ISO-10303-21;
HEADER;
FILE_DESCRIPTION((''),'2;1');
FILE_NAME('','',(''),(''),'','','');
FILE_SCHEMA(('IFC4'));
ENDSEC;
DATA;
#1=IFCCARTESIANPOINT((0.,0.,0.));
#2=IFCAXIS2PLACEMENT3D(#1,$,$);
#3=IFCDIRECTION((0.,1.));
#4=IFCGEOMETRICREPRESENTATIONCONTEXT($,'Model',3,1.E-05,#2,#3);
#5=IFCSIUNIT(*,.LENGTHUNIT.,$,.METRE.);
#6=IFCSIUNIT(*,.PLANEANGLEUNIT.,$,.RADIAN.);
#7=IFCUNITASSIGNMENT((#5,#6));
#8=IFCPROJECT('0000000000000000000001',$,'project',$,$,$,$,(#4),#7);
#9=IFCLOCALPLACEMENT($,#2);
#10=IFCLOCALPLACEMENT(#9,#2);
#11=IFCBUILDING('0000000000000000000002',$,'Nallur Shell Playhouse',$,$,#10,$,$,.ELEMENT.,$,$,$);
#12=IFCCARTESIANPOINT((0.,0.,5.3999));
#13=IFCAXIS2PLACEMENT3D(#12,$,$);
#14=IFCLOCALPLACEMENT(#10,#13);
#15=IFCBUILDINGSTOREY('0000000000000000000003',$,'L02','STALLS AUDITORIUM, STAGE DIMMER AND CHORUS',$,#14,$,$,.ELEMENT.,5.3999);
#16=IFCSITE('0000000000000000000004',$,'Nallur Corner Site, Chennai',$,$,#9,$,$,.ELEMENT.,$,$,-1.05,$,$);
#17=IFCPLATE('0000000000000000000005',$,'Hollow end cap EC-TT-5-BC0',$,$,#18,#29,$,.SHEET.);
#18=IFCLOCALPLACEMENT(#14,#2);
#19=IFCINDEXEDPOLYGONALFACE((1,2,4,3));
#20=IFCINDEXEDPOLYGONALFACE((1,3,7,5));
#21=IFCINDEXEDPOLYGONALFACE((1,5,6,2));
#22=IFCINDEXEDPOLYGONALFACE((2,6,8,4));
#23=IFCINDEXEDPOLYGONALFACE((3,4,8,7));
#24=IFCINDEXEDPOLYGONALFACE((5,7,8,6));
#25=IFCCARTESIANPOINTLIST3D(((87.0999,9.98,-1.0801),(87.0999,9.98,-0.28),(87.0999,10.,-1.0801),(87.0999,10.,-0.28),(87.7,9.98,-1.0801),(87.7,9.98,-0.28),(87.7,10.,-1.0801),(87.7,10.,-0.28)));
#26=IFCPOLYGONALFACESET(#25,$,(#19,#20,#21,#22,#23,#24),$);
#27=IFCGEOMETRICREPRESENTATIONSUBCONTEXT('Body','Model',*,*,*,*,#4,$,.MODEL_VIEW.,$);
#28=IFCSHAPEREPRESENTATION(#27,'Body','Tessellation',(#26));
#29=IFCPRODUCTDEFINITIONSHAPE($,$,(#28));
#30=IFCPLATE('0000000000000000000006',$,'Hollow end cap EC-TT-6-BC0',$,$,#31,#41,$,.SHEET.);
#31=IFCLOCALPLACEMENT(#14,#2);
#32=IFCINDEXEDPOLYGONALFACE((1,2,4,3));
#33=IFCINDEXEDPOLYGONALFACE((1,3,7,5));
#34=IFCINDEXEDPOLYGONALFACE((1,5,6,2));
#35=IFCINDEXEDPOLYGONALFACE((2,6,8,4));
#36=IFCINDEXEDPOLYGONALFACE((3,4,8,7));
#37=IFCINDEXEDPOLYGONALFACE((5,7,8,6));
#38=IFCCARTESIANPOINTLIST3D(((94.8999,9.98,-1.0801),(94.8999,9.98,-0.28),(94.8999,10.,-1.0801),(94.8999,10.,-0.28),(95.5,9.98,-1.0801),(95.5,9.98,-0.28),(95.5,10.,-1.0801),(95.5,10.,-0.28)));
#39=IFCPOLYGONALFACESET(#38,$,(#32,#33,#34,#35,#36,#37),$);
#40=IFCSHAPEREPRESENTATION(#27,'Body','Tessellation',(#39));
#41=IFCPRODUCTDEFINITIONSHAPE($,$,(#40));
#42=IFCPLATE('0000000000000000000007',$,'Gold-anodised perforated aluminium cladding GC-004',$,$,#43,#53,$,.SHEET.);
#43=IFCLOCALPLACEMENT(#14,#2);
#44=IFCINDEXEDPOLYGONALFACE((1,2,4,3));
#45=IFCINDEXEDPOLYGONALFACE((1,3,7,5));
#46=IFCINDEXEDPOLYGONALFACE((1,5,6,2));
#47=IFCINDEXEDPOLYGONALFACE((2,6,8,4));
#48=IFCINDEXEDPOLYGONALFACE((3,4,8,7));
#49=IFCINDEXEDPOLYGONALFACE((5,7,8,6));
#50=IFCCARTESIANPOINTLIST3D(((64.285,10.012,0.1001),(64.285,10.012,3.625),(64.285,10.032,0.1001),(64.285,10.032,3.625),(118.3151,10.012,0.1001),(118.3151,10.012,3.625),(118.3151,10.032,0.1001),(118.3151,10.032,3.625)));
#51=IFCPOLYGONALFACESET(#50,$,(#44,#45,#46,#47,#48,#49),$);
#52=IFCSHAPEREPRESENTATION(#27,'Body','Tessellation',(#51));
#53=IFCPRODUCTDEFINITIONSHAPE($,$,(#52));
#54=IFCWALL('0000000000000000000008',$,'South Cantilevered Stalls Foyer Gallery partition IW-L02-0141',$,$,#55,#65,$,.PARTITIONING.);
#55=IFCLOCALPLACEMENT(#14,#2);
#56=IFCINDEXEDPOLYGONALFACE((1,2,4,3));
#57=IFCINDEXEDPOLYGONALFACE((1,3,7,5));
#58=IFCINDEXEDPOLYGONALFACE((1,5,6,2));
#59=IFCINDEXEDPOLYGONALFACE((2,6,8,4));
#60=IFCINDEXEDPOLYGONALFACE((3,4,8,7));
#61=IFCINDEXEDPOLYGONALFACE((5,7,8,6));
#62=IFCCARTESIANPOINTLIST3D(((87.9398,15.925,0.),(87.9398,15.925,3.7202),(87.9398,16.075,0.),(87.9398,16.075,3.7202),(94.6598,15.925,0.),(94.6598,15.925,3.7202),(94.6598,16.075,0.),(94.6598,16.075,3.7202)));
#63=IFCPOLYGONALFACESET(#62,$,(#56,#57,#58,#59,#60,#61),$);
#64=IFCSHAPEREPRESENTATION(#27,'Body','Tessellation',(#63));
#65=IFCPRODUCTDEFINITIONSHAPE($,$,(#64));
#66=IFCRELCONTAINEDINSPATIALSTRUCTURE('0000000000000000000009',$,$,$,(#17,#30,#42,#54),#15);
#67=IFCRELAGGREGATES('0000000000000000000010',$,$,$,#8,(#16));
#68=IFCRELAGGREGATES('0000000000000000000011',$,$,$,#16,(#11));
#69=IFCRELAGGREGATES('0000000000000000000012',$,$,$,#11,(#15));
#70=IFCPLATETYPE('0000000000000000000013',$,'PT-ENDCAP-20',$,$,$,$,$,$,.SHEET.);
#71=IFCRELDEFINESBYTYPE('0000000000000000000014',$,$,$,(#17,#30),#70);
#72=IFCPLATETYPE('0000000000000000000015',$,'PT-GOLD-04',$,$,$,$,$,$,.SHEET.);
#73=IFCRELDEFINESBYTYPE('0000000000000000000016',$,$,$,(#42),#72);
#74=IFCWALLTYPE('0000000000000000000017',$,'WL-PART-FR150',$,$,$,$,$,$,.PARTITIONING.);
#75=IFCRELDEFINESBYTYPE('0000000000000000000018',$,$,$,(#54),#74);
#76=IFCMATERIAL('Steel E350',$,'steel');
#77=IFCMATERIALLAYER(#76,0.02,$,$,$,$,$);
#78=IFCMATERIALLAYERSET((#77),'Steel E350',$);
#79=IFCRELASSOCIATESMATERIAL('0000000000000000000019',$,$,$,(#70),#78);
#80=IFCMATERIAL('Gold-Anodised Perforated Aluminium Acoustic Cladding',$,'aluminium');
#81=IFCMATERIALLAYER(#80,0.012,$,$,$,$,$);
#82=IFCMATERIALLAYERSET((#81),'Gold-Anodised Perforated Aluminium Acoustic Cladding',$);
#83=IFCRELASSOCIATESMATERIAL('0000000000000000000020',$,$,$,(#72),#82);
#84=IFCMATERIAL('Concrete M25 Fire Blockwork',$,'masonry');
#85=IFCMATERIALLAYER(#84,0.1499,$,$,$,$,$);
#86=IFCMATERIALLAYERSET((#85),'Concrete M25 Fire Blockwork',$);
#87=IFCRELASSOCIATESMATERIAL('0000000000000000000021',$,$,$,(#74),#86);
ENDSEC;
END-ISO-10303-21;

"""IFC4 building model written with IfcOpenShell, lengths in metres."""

from ifc_helpers import new_model, si_unit, direction, frame, frame_2d, origin, origin_2d, place, context, subcontext, project, spatial, rectangle, extrude, material, layer, layer_set, type_object, element, save


model = new_model("IFC4")

# Units and contexts
model_context = context("Model", 3, precision=1e-05, world=origin(), true_north=direction((0.0, 1.0)))
body_context = subcontext(model_context, "Body", "Model", "MODEL_VIEW")
ifc_project = project(units=[si_unit("LENGTHUNIT", "METRE"), si_unit("PLANEANGLEUNIT", "RADIAN")], contexts=[model_context])

# Site, building, storey
site_placement = place(None, origin())
site = spatial("IfcSite", under=ifc_project, at=site_placement, Name="Nallur Corner Site, Chennai", CompositionType="ELEMENT", RefElevation=-1.05)
building_placement = place(site_placement, origin())
building = spatial("IfcBuilding", under=site, at=building_placement, Name="Nallur Shell Playhouse", CompositionType="ELEMENT")
storey_placement = place(building_placement, frame((0.0, 0.0, 5.3999)))
storey = spatial("IfcBuildingStorey", under=building, at=storey_placement, Name="L02", Description="STALLS AUDITORIUM, STAGE DIMMER AND CHORUS", CompositionType="ELEMENT", Elevation=5.3999)

# Shared definitions
ifc_material_1 = material(Name="Steel E350", Category="steel")

# Plates
ifc_layer_1 = layer(ifc_material_1, 0.02)
ifc_layer_set_1 = layer_set([ifc_layer_1], Name="Steel E350")
plate_type_1 = type_object("IfcPlateType", Name="PT-ENDCAP-20", PredefinedType="SHEET", material=ifc_layer_set_1)
for number, where, z_axis, x_axis, name in (
    (1, (87.3999, 9.99, -1.0801), (0.0, 0.0, 1.0), (1.0, 0.0, 0.0), "Hollow end cap EC-TT-5-BC0"),
    (2, (95.2, 9.99, -1.0801), (0.0, 0.0, 1.0), (1.0, 0.0, 0.0), "Hollow end cap EC-TT-6-BC0"),
):
    element("IfcPlate", number, at=place(storey_placement, frame(where, z_axis=z_axis, x_axis=x_axis)), inside=storey, type_object=plate_type_1, Name=name, PredefinedType="SHEET", context=body_context, shape_type="SweptSolid", body=[
        extrude(rectangle(XDim=0.6001, YDim=0.02, at=origin_2d()), origin(), (0.0, 0.0, 1.0), 0.8),
    ])
ifc_material_2 = material(Name="Gold-Anodised Perforated Aluminium Acoustic Cladding", Category="aluminium")
ifc_layer_2 = layer(ifc_material_2, 0.012)
ifc_layer_set_2 = layer_set([ifc_layer_2], Name="Gold-Anodised Perforated Aluminium Acoustic Cladding")
plate_type_2 = type_object("IfcPlateType", Name="PT-GOLD-04", PredefinedType="SHEET", material=ifc_layer_set_2)
plate_placement = place(storey_placement, frame((91.3, 10.022, 0.1001), z_axis=(0.0, 0.0, 1.0), x_axis=(-1.0, 0.0, 0.0)))
element("IfcPlate", 3, at=plate_placement, inside=storey, type_object=plate_type_2, Name="Gold-anodised perforated aluminium cladding GC-004", PredefinedType="SHEET", context=body_context, shape_type="SweptSolid", body=[
    extrude(rectangle(XDim=54.03, YDim=0.02, at=origin_2d()), origin(), (0.0, 0.0, 1.0), 3.5249),
])

# Wall
ifc_material_3 = material(Name="Concrete M25 Fire Blockwork", Category="masonry")
ifc_layer_3 = layer(ifc_material_3, 0.1499)
ifc_layer_set_3 = layer_set([ifc_layer_3], Name="Concrete M25 Fire Blockwork")
wall_type = type_object("IfcWallType", Name="WL-PART-FR150", PredefinedType="PARTITIONING", material=ifc_layer_set_3)
wall_placement = place(storey_placement, frame((87.9399, 16.0, 0.0), z_axis=(0.0, 0.0, 1.0), x_axis=(1.0, 0.0, 0.0)))
element("IfcWall", 4, at=wall_placement, inside=storey, type_object=wall_type, Name="South Cantilevered Stalls Foyer Gallery partition IW-L02-0141", PredefinedType="PARTITIONING", context=body_context, shape_type="SweptSolid", body=[
    extrude(rectangle(XDim=6.72, YDim=0.1499, at=frame_2d((3.3599, 0.0))), origin(), (0.0, 0.0, 1.0), 3.7202),
])

save(model, "model.ifc")
